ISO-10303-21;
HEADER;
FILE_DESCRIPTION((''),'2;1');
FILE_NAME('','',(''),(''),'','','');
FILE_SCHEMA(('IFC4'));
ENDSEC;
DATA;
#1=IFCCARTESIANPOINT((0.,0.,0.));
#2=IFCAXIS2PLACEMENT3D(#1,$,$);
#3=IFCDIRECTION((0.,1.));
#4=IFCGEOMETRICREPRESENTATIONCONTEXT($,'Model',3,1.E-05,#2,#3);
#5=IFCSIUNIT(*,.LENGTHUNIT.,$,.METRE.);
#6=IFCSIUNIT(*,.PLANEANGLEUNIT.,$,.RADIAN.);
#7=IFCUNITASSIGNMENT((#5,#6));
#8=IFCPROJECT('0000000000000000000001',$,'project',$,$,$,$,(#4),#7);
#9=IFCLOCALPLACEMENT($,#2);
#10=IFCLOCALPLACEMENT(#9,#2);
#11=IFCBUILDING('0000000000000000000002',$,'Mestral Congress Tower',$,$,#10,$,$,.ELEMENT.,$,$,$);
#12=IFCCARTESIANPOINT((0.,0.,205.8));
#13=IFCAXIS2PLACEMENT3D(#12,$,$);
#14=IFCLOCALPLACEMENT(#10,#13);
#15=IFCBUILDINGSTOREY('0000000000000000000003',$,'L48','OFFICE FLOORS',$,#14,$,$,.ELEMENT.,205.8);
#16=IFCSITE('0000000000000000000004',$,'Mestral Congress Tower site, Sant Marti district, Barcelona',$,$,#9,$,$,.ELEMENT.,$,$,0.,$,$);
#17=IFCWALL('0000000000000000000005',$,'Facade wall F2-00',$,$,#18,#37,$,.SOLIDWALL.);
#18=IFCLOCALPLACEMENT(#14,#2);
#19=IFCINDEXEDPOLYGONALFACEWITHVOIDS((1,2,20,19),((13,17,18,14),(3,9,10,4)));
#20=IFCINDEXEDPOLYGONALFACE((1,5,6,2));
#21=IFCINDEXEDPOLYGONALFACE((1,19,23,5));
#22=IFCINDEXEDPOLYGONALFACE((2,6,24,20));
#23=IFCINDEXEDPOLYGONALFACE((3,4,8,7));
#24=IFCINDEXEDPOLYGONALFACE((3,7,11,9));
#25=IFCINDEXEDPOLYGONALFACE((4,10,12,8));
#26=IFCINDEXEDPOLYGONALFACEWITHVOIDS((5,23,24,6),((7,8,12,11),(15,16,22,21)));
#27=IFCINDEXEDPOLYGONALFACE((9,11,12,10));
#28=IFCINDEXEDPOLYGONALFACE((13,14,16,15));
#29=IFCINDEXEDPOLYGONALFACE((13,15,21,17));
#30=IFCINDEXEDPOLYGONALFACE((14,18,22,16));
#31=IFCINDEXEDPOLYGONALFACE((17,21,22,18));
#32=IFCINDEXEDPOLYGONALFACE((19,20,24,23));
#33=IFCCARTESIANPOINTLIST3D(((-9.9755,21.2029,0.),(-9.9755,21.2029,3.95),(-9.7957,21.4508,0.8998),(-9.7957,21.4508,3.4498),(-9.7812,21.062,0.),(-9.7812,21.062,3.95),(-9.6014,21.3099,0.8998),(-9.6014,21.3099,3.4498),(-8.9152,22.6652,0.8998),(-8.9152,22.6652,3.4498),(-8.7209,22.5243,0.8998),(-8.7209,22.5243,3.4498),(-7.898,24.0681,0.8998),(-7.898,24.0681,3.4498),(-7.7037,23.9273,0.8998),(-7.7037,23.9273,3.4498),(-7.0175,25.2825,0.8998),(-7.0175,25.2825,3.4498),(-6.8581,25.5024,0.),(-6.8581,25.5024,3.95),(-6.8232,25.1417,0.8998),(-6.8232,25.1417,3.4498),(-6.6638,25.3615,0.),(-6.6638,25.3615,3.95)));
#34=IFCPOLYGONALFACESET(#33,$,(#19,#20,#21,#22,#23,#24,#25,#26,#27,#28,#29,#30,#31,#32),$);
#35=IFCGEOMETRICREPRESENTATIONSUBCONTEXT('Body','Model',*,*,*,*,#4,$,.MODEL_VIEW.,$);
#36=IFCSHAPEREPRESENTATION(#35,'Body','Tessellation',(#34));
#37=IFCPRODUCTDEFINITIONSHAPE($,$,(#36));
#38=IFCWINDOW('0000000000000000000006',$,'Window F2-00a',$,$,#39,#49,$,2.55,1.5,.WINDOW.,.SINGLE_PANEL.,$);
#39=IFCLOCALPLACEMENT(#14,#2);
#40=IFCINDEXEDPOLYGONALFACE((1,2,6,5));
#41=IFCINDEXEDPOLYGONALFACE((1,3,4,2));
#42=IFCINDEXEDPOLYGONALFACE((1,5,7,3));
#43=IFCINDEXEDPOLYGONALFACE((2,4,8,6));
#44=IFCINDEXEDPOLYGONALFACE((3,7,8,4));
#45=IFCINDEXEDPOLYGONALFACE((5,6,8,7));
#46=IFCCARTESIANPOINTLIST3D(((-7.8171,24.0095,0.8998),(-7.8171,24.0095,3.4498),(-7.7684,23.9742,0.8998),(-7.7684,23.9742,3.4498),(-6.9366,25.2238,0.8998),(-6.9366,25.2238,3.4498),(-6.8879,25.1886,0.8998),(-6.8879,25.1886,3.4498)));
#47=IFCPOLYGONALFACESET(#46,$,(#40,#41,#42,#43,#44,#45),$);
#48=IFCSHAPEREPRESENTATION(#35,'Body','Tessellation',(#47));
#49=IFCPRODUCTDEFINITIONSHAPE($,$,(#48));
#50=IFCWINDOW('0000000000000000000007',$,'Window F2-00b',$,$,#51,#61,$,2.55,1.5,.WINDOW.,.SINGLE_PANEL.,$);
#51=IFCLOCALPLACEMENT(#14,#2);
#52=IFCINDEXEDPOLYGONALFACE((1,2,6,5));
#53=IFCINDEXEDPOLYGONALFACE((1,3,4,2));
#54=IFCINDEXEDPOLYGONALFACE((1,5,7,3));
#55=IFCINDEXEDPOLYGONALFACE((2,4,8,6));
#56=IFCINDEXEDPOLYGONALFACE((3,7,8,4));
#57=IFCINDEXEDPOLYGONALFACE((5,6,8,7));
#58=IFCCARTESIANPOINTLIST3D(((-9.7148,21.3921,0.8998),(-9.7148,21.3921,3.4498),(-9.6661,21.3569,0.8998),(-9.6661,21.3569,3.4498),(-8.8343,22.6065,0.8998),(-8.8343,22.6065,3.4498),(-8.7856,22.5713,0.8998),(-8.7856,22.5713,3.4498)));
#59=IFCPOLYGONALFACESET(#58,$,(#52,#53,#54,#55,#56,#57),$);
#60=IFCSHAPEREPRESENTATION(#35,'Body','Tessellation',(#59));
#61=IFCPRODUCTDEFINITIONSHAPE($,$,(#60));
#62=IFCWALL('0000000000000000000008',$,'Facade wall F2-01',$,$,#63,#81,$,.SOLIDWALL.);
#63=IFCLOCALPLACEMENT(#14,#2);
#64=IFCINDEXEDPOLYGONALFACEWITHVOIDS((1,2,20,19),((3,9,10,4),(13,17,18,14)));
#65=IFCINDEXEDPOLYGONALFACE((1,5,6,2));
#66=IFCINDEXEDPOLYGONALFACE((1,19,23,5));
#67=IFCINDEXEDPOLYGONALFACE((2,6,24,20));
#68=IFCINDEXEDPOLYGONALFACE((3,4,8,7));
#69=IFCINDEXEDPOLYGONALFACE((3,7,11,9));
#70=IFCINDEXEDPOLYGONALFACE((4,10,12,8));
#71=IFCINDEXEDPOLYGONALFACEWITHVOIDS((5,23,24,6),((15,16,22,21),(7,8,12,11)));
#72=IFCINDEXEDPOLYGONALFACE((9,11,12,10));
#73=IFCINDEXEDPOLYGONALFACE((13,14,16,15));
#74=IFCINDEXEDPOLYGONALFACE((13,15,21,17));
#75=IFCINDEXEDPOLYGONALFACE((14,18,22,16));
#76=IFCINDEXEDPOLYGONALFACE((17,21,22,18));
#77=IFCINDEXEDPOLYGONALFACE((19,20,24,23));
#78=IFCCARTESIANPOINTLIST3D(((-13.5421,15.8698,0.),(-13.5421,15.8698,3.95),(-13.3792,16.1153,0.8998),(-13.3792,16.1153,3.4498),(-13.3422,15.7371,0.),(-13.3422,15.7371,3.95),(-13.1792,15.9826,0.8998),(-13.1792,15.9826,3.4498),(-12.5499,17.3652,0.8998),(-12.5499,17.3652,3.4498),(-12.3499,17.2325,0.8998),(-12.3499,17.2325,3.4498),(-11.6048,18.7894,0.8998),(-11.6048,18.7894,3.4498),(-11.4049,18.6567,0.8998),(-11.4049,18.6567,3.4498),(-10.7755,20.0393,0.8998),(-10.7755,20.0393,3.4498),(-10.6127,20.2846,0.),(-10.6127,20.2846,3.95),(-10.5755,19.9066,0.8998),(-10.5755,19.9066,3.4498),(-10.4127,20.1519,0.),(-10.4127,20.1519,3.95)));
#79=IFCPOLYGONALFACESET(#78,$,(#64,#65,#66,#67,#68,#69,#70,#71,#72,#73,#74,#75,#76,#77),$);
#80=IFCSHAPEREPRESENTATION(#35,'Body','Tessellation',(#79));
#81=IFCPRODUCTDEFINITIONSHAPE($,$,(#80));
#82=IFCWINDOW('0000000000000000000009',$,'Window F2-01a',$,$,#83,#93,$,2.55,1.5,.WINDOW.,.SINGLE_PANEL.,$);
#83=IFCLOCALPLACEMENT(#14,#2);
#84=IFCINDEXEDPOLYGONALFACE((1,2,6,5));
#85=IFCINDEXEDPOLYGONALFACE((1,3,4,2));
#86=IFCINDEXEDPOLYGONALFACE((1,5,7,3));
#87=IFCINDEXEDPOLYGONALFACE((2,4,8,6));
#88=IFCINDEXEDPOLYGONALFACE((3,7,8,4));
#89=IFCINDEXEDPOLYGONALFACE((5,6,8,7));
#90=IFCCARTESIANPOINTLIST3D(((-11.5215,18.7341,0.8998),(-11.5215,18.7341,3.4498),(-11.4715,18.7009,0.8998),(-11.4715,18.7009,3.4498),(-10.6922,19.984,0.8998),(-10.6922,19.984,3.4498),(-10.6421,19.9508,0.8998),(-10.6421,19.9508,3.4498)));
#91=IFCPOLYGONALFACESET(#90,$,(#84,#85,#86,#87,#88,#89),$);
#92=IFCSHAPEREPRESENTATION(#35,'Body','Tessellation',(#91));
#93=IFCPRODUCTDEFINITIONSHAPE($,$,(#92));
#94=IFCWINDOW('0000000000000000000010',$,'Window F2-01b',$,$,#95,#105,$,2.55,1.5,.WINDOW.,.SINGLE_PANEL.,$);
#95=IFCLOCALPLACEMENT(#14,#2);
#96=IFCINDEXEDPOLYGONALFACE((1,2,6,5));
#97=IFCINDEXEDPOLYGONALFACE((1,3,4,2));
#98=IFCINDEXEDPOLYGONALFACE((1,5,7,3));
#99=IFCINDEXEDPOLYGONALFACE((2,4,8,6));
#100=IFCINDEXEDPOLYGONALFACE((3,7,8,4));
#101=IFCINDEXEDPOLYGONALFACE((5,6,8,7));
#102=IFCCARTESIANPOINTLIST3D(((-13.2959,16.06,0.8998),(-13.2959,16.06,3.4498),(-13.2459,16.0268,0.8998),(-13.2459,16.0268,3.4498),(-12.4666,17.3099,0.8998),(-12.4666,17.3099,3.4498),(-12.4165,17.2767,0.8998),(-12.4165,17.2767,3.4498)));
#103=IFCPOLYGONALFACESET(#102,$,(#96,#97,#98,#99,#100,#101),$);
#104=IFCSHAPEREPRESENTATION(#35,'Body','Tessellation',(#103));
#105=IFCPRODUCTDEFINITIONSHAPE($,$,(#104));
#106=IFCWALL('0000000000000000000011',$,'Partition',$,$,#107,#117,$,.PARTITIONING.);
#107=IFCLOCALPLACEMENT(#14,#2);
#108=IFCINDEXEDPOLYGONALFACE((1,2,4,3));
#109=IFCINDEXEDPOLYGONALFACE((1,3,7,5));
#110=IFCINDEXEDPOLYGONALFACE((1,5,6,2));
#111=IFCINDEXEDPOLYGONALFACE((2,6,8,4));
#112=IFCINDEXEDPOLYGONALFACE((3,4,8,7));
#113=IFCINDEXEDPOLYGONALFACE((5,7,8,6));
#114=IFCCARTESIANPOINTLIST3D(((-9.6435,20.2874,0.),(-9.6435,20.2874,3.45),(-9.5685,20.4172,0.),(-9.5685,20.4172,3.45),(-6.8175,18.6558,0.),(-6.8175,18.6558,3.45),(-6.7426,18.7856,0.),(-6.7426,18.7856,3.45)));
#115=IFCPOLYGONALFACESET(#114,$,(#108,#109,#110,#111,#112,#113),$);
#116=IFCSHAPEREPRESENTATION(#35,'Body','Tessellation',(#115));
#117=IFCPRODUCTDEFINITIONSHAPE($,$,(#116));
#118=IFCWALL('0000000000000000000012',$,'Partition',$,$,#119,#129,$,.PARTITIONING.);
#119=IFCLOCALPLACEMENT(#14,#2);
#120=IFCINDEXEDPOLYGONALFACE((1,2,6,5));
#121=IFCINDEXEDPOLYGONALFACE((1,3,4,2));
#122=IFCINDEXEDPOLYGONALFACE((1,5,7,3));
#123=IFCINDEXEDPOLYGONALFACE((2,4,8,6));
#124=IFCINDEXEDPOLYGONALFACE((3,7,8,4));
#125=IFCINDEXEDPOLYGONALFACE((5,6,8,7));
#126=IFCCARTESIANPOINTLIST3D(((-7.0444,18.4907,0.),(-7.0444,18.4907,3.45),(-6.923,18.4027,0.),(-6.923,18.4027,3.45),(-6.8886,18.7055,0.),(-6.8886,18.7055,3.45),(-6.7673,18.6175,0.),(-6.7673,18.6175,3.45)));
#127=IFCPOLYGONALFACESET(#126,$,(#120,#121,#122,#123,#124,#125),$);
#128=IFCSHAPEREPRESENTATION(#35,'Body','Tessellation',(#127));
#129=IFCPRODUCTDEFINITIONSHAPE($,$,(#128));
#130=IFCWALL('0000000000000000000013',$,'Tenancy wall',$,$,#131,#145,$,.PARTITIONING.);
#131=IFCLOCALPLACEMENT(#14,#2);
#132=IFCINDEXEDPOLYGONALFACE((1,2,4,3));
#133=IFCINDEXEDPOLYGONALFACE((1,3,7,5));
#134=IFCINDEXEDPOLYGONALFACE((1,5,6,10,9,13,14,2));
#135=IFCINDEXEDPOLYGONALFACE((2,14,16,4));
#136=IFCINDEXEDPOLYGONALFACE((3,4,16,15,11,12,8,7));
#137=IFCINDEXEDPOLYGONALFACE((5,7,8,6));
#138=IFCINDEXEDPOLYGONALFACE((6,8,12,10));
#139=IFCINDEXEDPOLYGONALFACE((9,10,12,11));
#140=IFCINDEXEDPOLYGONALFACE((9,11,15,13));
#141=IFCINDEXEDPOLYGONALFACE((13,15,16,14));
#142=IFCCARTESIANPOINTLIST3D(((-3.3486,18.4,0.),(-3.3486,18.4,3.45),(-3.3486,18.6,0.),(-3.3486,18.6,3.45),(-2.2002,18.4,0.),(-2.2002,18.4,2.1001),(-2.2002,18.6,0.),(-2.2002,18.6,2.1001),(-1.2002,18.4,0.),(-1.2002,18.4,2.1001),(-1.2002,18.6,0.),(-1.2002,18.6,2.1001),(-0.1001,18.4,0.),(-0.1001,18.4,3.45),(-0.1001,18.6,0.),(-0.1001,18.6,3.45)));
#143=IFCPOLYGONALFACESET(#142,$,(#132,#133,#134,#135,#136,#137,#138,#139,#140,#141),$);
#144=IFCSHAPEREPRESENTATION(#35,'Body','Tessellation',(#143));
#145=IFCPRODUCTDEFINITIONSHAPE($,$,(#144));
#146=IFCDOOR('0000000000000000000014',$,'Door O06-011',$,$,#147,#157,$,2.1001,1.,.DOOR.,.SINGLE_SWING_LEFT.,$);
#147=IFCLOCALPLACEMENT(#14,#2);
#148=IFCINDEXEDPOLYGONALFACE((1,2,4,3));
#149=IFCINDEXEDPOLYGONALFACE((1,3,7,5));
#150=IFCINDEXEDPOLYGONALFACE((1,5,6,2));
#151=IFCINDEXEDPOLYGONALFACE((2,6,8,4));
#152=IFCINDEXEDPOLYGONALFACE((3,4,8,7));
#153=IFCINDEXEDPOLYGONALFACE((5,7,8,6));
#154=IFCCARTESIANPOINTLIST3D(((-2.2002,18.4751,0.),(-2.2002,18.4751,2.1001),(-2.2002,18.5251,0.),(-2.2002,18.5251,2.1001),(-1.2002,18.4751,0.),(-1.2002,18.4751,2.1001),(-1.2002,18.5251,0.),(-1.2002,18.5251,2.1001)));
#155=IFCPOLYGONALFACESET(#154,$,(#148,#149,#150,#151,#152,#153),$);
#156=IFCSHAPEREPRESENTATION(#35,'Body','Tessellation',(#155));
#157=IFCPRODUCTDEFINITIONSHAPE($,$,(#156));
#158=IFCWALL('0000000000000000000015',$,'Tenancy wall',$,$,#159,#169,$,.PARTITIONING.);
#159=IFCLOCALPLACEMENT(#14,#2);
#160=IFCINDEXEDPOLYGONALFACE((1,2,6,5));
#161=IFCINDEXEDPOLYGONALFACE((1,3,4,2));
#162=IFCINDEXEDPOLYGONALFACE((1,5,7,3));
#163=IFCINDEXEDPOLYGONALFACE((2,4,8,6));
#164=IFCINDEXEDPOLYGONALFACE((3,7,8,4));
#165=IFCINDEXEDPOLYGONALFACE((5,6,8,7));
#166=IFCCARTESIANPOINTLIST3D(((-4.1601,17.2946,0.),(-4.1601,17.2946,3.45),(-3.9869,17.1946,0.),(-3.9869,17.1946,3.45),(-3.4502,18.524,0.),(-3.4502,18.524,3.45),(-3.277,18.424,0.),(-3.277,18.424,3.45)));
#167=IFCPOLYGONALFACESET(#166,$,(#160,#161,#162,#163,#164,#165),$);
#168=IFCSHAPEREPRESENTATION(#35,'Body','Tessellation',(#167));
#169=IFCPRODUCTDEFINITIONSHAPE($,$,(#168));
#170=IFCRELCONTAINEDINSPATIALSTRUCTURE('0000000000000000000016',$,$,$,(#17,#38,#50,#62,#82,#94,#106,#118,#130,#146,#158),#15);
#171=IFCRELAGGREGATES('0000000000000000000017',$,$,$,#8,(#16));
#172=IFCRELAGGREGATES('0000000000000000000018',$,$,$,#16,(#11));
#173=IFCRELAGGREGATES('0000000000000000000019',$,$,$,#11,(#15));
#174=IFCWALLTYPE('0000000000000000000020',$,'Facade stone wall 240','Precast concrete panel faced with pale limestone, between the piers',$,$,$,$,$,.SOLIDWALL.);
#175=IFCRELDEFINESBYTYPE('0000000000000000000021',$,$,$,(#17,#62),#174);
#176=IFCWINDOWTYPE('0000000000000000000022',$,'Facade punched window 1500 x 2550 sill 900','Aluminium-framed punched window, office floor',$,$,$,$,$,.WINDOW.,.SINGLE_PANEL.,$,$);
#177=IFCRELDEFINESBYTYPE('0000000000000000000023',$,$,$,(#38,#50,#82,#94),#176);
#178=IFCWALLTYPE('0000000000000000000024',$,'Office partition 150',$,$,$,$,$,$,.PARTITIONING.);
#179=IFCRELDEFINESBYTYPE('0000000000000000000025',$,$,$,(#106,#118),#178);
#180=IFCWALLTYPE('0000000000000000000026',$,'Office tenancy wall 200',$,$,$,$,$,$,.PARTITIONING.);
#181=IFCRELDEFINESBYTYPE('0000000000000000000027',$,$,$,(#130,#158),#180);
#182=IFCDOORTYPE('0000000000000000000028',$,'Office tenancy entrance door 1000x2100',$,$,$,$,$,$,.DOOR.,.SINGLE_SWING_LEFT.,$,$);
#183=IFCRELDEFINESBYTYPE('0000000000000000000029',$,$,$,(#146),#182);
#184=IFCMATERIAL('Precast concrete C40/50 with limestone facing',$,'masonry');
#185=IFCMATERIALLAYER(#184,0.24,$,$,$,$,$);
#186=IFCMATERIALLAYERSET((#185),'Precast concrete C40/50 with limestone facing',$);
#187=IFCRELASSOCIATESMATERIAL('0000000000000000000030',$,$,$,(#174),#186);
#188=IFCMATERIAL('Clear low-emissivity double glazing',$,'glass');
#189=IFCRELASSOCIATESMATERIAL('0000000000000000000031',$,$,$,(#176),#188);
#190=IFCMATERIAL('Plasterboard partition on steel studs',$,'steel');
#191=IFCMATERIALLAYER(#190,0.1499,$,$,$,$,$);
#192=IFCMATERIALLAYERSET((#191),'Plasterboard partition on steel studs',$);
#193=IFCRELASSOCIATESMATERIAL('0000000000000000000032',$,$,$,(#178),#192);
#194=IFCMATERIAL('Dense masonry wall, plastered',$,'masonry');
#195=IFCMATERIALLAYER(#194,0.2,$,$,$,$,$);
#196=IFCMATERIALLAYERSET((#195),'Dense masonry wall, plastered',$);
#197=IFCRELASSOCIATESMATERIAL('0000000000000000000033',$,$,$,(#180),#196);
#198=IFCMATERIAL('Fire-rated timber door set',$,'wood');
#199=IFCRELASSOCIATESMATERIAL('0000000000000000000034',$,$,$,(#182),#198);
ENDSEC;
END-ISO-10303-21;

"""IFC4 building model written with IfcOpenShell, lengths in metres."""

from ifc_helpers import new_model, si_unit, direction, frame, frame_2d, origin, place, context, subcontext, project, spatial, rectangle, extrude, material, layer, layer_set, type_object, element, fill, save


model = new_model("IFC4")

# Units and contexts
model_context = context("Model", 3, precision=1e-05, world=origin(), true_north=direction((0.0, 1.0)))
body_context = subcontext(model_context, "Body", "Model", "MODEL_VIEW")
ifc_project = project(units=[si_unit("LENGTHUNIT", "METRE"), si_unit("PLANEANGLEUNIT", "RADIAN")], contexts=[model_context])

# Site, building, storey
site_placement = place(None, origin())
site = spatial("IfcSite", under=ifc_project, at=site_placement, Name="Mestral Congress Tower site, Sant Marti district, Barcelona", CompositionType="ELEMENT", RefElevation=0.0)
building_placement = place(site_placement, origin())
building = spatial("IfcBuilding", under=site, at=building_placement, Name="Mestral Congress Tower", CompositionType="ELEMENT")
storey_placement = place(building_placement, frame((0.0, 0.0, 205.8)))
storey = spatial("IfcBuildingStorey", under=building, at=storey_placement, Name="L48", Description="OFFICE FLOORS", CompositionType="ELEMENT", Elevation=205.8)

# Shared definitions
ifc_material_1 = material(Name="Precast concrete C40/50 with limestone facing", Category="masonry")
ifc_layer_1 = layer(ifc_material_1, 0.24)
ifc_layer_set_1 = layer_set([ifc_layer_1], Name="Precast concrete C40/50 with limestone facing")
wall_type_1 = type_object("IfcWallType", Name="Facade stone wall 240", Description="Precast concrete panel faced with pale limestone, between the piers", PredefinedType="SOLIDWALL", material=ifc_layer_set_1)
ifc_material_2 = material(Name="Clear low-emissivity double glazing", Category="glass")

# Walls, openings, windows
wall_1_placement = place(storey_placement, frame((-6.761, 25.4319, 0.0), z_axis=(0.0, 0.0, 1.0), x_axis=(-0.586998, -0.809588, 0.0)))
wall_1 = element("IfcWall", 1, at=wall_1_placement, inside=storey, type_object=wall_type_1, Name="Facade wall F2-00", PredefinedType="SOLIDWALL", context=body_context, shape_type="SweptSolid", body=[
    extrude(rectangle(XDim=5.3108, YDim=0.24, at=frame_2d((2.6553, 0.0))), origin(), (0.0, 0.0, 1.0), 3.95),
])
opening_1_placement = place(wall_1_placement, frame((0.2715, 0.0, 0.8999)))
opening_1 = element("IfcOpeningElement", 2, at=opening_1_placement, cuts=wall_1, PredefinedType="OPENING", context=body_context, shape_type="SweptSolid", body=[
    extrude(rectangle(XDim=1.5, YDim=2.55, at=frame_2d((0.75, 1.2749))), frame((0.0, 0.1299, 0.0), z_axis=(0.0, -1.0, 0.0), x_axis=(1.0, 0.0, 0.0)), (0.0, 0.0, 1.0), 0.26),
])
opening_2_placement = place(wall_1_placement, frame((3.5044, 0.0, 0.8999)))
opening_2 = element("IfcOpeningElement", 3, at=opening_2_placement, cuts=wall_1, PredefinedType="OPENING", context=body_context, shape_type="SweptSolid", body=[
    extrude(rectangle(XDim=1.5, YDim=2.55, at=frame_2d((0.75, 1.2749))), frame((0.0, 0.1299, 0.0), z_axis=(0.0, -1.0, 0.0), x_axis=(1.0, 0.0, 0.0)), (0.0, 0.0, 1.0), 0.26),
])
window_type_1 = type_object("IfcWindowType", Name="Facade punched window 1500 x 2550 sill 900", Description="Aluminium-framed punched window, office floor", PartitioningType="SINGLE_PANEL", PredefinedType="WINDOW", material=ifc_material_2)
window_1_placement = place(opening_1_placement, origin())
window_1 = element("IfcWindow", 4, at=window_1_placement, inside=storey, type_object=window_type_1, Name="Window F2-00a", OverallHeight=2.55, OverallWidth=1.5, PartitioningType="SINGLE_PANEL", PredefinedType="WINDOW", context=body_context, shape_type="SweptSolid", body=[
    extrude(rectangle(XDim=1.5, YDim=2.55, at=frame_2d((0.75, 1.2749))), frame((0.0, 0.04, 0.0), z_axis=(0.0, -1.0, 0.0), x_axis=(1.0, 0.0, 0.0)), (0.0, 0.0, 1.0), 0.0601),
])
fill(opening_1, window_1)
window_2_placement = place(opening_2_placement, origin())
window_2 = element("IfcWindow", 5, at=window_2_placement, inside=storey, type_object=window_type_1, Name="Window F2-00b", OverallHeight=2.55, OverallWidth=1.5, PartitioningType="SINGLE_PANEL", PredefinedType="WINDOW", context=body_context, shape_type="SweptSolid", body=[
    extrude(rectangle(XDim=1.5, YDim=2.55, at=frame_2d((0.75, 1.2749))), frame((0.0, 0.04, 0.0), z_axis=(0.0, -1.0, 0.0), x_axis=(1.0, 0.0, 0.0)), (0.0, 0.0, 1.0), 0.0601),
])
fill(opening_2, window_2)
wall_2_placement = place(storey_placement, frame((-10.5127, 20.2183, 0.0), z_axis=(0.0, 0.0, 1.0), x_axis=(-0.552902, -0.833246, 0.0)))
wall_2 = element("IfcWall", 6, at=wall_2_placement, inside=storey, type_object=wall_type_1, Name="Facade wall F2-01", PredefinedType="SOLIDWALL", context=body_context, shape_type="SweptSolid", body=[
    extrude(rectangle(XDim=5.2983, YDim=0.24, at=frame_2d((2.6492, 0.0))), origin(), (0.0, 0.0, 1.0), 3.95),
])
opening_3_placement = place(wall_2_placement, frame((0.2944, 0.0, 0.8999)))
opening_3 = element("IfcOpeningElement", 7, at=opening_3_placement, cuts=wall_2, PredefinedType="OPENING", context=body_context, shape_type="SweptSolid", body=[
    extrude(rectangle(XDim=1.5, YDim=2.55, at=frame_2d((0.75, 1.2749))), frame((0.0, 0.1299, 0.0), z_axis=(0.0, -1.0, 0.0), x_axis=(1.0, 0.0, 0.0)), (0.0, 0.0, 1.0), 0.26),
])
opening_4_placement = place(wall_2_placement, frame((3.5037, 0.0, 0.8999)))
opening_4 = element("IfcOpeningElement", 8, at=opening_4_placement, cuts=wall_2, PredefinedType="OPENING", context=body_context, shape_type="SweptSolid", body=[
    extrude(rectangle(XDim=1.5, YDim=2.55, at=frame_2d((0.75, 1.2749))), frame((0.0, 0.1299, 0.0), z_axis=(0.0, -1.0, 0.0), x_axis=(1.0, 0.0, 0.0)), (0.0, 0.0, 1.0), 0.26),
])
window_3_placement = place(opening_3_placement, origin())
window_3 = element("IfcWindow", 9, at=window_3_placement, inside=storey, type_object=window_type_1, Name="Window F2-01a", OverallHeight=2.55, OverallWidth=1.5, PartitioningType="SINGLE_PANEL", PredefinedType="WINDOW", context=body_context, shape_type="SweptSolid", body=[
    extrude(rectangle(XDim=1.5, YDim=2.55, at=frame_2d((0.75, 1.2749))), frame((0.0, 0.04, 0.0), z_axis=(0.0, -1.0, 0.0), x_axis=(1.0, 0.0, 0.0)), (0.0, 0.0, 1.0), 0.0601),
])
fill(opening_3, window_3)
window_4_placement = place(opening_4_placement, origin())
window_4 = element("IfcWindow", 10, at=window_4_placement, inside=storey, type_object=window_type_1, Name="Window F2-01b", OverallHeight=2.55, OverallWidth=1.5, PartitioningType="SINGLE_PANEL", PredefinedType="WINDOW", context=body_context, shape_type="SweptSolid", body=[
    extrude(rectangle(XDim=1.5, YDim=2.55, at=frame_2d((0.75, 1.2749))), frame((0.0, 0.04, 0.0), z_axis=(0.0, -1.0, 0.0), x_axis=(1.0, 0.0, 0.0)), (0.0, 0.0, 1.0), 0.0601),
])
fill(opening_4, window_4)

# Walls
ifc_material_3 = material(Name="Plasterboard partition on steel studs", Category="steel")
ifc_layer_2 = layer(ifc_material_3, 0.1499)
ifc_layer_set_2 = layer_set([ifc_layer_2], Name="Plasterboard partition on steel studs")
wall_type_2 = type_object("IfcWallType", Name="Office partition 150", PredefinedType="PARTITIONING", material=ifc_layer_set_2)
wall_3_placement = place(storey_placement, frame((-6.78, 18.7207, 0.0), z_axis=(0.0, 0.0, 1.0), x_axis=(-0.86602, 0.50001, 0.0)))
element("IfcWall", 11, at=wall_3_placement, inside=storey, type_object=wall_type_2, Name="Partition", PredefinedType="PARTITIONING", context=body_context, shape_type="SweptSolid", body=[
    extrude(rectangle(XDim=3.2632, YDim=0.1499, at=frame_2d((1.6316, 0.0))), origin(), (0.0, 0.0, 1.0), 3.45),
])
wall_4_placement = place(storey_placement, frame((-6.8279, 18.6616, 0.0), z_axis=(0.0, 0.0, 1.0), x_axis=(-0.586968, -0.80961, 0.0)))
element("IfcWall", 12, at=wall_4_placement, inside=storey, type_object=wall_type_2, Name="Partition", PredefinedType="PARTITIONING", context=body_context, shape_type="SweptSolid", body=[
    extrude(rectangle(XDim=0.2654, YDim=0.1499, at=frame_2d((0.1328, 0.0))), origin(), (0.0, 0.0, 1.0), 3.45),
])

# Wall, opening, door
ifc_material_4 = material(Name="Dense masonry wall, plastered", Category="masonry")
ifc_layer_3 = layer(ifc_material_4, 0.2)
ifc_layer_set_3 = layer_set([ifc_layer_3], Name="Dense masonry wall, plastered")
wall_type_3 = type_object("IfcWallType", Name="Office tenancy wall 200", PredefinedType="PARTITIONING", material=ifc_layer_set_3)
wall_5_placement = place(storey_placement, frame((-0.1001, 18.5, 0.0), z_axis=(0.0, 0.0, 1.0), x_axis=(-1.0, 0.0, 0.0)))
wall_5 = element("IfcWall", 13, at=wall_5_placement, inside=storey, type_object=wall_type_3, Name="Tenancy wall", PredefinedType="PARTITIONING", context=body_context, shape_type="SweptSolid", body=[
    extrude(rectangle(XDim=3.2485, YDim=0.2, at=frame_2d((1.6243, 0.0))), origin(), (0.0, 0.0, 1.0), 3.45),
])
opening_5_placement = place(wall_5_placement, frame((1.1001, 0.0, 0.0)))
opening_5 = element("IfcOpeningElement", 14, at=opening_5_placement, cuts=wall_5, PredefinedType="OPENING", context=body_context, shape_type="SweptSolid", body=[
    extrude(rectangle(XDim=1.0, YDim=2.1001, at=frame_2d((0.5, 1.05))), frame((0.0, 0.1099, 0.0), z_axis=(0.0, -1.0, 0.0), x_axis=(1.0, 0.0, 0.0)), (0.0, 0.0, 1.0), 0.22),
])
ifc_material_5 = material(Name="Fire-rated timber door set", Category="wood")
door_type = type_object("IfcDoorType", Name="Office tenancy entrance door 1000x2100", OperationType="SINGLE_SWING_LEFT", PredefinedType="DOOR", material=ifc_material_5)
door_placement = place(opening_5_placement, origin())
door = element("IfcDoor", 15, at=door_placement, inside=storey, type_object=door_type, Name="Door O06-011", OperationType="SINGLE_SWING_LEFT", OverallHeight=2.1001, OverallWidth=1.0, PredefinedType="DOOR", context=body_context, shape_type="SweptSolid", body=[
    extrude(rectangle(XDim=1.0, YDim=2.1001, at=frame_2d((0.5, 1.05))), frame((0.0, 0.0249, 0.0), z_axis=(0.0, -1.0, 0.0), x_axis=(1.0, 0.0, 0.0)), (0.0, 0.0, 1.0), 0.05),
])
fill(opening_5, door)

# Wall
wall_6_placement = place(storey_placement, frame((-3.3635, 18.4741, 0.0), z_axis=(0.0, 0.0, 1.0), x_axis=(-0.50006, -0.865991, 0.0)))
element("IfcWall", 16, at=wall_6_placement, inside=storey, type_object=wall_type_3, Name="Tenancy wall", PredefinedType="PARTITIONING", context=body_context, shape_type="SweptSolid", body=[
    extrude(rectangle(XDim=1.4197, YDim=0.2, at=frame_2d((0.71, 0.0))), origin(), (0.0, 0.0, 1.0), 3.45),
])

save(model, "model.ifc")
